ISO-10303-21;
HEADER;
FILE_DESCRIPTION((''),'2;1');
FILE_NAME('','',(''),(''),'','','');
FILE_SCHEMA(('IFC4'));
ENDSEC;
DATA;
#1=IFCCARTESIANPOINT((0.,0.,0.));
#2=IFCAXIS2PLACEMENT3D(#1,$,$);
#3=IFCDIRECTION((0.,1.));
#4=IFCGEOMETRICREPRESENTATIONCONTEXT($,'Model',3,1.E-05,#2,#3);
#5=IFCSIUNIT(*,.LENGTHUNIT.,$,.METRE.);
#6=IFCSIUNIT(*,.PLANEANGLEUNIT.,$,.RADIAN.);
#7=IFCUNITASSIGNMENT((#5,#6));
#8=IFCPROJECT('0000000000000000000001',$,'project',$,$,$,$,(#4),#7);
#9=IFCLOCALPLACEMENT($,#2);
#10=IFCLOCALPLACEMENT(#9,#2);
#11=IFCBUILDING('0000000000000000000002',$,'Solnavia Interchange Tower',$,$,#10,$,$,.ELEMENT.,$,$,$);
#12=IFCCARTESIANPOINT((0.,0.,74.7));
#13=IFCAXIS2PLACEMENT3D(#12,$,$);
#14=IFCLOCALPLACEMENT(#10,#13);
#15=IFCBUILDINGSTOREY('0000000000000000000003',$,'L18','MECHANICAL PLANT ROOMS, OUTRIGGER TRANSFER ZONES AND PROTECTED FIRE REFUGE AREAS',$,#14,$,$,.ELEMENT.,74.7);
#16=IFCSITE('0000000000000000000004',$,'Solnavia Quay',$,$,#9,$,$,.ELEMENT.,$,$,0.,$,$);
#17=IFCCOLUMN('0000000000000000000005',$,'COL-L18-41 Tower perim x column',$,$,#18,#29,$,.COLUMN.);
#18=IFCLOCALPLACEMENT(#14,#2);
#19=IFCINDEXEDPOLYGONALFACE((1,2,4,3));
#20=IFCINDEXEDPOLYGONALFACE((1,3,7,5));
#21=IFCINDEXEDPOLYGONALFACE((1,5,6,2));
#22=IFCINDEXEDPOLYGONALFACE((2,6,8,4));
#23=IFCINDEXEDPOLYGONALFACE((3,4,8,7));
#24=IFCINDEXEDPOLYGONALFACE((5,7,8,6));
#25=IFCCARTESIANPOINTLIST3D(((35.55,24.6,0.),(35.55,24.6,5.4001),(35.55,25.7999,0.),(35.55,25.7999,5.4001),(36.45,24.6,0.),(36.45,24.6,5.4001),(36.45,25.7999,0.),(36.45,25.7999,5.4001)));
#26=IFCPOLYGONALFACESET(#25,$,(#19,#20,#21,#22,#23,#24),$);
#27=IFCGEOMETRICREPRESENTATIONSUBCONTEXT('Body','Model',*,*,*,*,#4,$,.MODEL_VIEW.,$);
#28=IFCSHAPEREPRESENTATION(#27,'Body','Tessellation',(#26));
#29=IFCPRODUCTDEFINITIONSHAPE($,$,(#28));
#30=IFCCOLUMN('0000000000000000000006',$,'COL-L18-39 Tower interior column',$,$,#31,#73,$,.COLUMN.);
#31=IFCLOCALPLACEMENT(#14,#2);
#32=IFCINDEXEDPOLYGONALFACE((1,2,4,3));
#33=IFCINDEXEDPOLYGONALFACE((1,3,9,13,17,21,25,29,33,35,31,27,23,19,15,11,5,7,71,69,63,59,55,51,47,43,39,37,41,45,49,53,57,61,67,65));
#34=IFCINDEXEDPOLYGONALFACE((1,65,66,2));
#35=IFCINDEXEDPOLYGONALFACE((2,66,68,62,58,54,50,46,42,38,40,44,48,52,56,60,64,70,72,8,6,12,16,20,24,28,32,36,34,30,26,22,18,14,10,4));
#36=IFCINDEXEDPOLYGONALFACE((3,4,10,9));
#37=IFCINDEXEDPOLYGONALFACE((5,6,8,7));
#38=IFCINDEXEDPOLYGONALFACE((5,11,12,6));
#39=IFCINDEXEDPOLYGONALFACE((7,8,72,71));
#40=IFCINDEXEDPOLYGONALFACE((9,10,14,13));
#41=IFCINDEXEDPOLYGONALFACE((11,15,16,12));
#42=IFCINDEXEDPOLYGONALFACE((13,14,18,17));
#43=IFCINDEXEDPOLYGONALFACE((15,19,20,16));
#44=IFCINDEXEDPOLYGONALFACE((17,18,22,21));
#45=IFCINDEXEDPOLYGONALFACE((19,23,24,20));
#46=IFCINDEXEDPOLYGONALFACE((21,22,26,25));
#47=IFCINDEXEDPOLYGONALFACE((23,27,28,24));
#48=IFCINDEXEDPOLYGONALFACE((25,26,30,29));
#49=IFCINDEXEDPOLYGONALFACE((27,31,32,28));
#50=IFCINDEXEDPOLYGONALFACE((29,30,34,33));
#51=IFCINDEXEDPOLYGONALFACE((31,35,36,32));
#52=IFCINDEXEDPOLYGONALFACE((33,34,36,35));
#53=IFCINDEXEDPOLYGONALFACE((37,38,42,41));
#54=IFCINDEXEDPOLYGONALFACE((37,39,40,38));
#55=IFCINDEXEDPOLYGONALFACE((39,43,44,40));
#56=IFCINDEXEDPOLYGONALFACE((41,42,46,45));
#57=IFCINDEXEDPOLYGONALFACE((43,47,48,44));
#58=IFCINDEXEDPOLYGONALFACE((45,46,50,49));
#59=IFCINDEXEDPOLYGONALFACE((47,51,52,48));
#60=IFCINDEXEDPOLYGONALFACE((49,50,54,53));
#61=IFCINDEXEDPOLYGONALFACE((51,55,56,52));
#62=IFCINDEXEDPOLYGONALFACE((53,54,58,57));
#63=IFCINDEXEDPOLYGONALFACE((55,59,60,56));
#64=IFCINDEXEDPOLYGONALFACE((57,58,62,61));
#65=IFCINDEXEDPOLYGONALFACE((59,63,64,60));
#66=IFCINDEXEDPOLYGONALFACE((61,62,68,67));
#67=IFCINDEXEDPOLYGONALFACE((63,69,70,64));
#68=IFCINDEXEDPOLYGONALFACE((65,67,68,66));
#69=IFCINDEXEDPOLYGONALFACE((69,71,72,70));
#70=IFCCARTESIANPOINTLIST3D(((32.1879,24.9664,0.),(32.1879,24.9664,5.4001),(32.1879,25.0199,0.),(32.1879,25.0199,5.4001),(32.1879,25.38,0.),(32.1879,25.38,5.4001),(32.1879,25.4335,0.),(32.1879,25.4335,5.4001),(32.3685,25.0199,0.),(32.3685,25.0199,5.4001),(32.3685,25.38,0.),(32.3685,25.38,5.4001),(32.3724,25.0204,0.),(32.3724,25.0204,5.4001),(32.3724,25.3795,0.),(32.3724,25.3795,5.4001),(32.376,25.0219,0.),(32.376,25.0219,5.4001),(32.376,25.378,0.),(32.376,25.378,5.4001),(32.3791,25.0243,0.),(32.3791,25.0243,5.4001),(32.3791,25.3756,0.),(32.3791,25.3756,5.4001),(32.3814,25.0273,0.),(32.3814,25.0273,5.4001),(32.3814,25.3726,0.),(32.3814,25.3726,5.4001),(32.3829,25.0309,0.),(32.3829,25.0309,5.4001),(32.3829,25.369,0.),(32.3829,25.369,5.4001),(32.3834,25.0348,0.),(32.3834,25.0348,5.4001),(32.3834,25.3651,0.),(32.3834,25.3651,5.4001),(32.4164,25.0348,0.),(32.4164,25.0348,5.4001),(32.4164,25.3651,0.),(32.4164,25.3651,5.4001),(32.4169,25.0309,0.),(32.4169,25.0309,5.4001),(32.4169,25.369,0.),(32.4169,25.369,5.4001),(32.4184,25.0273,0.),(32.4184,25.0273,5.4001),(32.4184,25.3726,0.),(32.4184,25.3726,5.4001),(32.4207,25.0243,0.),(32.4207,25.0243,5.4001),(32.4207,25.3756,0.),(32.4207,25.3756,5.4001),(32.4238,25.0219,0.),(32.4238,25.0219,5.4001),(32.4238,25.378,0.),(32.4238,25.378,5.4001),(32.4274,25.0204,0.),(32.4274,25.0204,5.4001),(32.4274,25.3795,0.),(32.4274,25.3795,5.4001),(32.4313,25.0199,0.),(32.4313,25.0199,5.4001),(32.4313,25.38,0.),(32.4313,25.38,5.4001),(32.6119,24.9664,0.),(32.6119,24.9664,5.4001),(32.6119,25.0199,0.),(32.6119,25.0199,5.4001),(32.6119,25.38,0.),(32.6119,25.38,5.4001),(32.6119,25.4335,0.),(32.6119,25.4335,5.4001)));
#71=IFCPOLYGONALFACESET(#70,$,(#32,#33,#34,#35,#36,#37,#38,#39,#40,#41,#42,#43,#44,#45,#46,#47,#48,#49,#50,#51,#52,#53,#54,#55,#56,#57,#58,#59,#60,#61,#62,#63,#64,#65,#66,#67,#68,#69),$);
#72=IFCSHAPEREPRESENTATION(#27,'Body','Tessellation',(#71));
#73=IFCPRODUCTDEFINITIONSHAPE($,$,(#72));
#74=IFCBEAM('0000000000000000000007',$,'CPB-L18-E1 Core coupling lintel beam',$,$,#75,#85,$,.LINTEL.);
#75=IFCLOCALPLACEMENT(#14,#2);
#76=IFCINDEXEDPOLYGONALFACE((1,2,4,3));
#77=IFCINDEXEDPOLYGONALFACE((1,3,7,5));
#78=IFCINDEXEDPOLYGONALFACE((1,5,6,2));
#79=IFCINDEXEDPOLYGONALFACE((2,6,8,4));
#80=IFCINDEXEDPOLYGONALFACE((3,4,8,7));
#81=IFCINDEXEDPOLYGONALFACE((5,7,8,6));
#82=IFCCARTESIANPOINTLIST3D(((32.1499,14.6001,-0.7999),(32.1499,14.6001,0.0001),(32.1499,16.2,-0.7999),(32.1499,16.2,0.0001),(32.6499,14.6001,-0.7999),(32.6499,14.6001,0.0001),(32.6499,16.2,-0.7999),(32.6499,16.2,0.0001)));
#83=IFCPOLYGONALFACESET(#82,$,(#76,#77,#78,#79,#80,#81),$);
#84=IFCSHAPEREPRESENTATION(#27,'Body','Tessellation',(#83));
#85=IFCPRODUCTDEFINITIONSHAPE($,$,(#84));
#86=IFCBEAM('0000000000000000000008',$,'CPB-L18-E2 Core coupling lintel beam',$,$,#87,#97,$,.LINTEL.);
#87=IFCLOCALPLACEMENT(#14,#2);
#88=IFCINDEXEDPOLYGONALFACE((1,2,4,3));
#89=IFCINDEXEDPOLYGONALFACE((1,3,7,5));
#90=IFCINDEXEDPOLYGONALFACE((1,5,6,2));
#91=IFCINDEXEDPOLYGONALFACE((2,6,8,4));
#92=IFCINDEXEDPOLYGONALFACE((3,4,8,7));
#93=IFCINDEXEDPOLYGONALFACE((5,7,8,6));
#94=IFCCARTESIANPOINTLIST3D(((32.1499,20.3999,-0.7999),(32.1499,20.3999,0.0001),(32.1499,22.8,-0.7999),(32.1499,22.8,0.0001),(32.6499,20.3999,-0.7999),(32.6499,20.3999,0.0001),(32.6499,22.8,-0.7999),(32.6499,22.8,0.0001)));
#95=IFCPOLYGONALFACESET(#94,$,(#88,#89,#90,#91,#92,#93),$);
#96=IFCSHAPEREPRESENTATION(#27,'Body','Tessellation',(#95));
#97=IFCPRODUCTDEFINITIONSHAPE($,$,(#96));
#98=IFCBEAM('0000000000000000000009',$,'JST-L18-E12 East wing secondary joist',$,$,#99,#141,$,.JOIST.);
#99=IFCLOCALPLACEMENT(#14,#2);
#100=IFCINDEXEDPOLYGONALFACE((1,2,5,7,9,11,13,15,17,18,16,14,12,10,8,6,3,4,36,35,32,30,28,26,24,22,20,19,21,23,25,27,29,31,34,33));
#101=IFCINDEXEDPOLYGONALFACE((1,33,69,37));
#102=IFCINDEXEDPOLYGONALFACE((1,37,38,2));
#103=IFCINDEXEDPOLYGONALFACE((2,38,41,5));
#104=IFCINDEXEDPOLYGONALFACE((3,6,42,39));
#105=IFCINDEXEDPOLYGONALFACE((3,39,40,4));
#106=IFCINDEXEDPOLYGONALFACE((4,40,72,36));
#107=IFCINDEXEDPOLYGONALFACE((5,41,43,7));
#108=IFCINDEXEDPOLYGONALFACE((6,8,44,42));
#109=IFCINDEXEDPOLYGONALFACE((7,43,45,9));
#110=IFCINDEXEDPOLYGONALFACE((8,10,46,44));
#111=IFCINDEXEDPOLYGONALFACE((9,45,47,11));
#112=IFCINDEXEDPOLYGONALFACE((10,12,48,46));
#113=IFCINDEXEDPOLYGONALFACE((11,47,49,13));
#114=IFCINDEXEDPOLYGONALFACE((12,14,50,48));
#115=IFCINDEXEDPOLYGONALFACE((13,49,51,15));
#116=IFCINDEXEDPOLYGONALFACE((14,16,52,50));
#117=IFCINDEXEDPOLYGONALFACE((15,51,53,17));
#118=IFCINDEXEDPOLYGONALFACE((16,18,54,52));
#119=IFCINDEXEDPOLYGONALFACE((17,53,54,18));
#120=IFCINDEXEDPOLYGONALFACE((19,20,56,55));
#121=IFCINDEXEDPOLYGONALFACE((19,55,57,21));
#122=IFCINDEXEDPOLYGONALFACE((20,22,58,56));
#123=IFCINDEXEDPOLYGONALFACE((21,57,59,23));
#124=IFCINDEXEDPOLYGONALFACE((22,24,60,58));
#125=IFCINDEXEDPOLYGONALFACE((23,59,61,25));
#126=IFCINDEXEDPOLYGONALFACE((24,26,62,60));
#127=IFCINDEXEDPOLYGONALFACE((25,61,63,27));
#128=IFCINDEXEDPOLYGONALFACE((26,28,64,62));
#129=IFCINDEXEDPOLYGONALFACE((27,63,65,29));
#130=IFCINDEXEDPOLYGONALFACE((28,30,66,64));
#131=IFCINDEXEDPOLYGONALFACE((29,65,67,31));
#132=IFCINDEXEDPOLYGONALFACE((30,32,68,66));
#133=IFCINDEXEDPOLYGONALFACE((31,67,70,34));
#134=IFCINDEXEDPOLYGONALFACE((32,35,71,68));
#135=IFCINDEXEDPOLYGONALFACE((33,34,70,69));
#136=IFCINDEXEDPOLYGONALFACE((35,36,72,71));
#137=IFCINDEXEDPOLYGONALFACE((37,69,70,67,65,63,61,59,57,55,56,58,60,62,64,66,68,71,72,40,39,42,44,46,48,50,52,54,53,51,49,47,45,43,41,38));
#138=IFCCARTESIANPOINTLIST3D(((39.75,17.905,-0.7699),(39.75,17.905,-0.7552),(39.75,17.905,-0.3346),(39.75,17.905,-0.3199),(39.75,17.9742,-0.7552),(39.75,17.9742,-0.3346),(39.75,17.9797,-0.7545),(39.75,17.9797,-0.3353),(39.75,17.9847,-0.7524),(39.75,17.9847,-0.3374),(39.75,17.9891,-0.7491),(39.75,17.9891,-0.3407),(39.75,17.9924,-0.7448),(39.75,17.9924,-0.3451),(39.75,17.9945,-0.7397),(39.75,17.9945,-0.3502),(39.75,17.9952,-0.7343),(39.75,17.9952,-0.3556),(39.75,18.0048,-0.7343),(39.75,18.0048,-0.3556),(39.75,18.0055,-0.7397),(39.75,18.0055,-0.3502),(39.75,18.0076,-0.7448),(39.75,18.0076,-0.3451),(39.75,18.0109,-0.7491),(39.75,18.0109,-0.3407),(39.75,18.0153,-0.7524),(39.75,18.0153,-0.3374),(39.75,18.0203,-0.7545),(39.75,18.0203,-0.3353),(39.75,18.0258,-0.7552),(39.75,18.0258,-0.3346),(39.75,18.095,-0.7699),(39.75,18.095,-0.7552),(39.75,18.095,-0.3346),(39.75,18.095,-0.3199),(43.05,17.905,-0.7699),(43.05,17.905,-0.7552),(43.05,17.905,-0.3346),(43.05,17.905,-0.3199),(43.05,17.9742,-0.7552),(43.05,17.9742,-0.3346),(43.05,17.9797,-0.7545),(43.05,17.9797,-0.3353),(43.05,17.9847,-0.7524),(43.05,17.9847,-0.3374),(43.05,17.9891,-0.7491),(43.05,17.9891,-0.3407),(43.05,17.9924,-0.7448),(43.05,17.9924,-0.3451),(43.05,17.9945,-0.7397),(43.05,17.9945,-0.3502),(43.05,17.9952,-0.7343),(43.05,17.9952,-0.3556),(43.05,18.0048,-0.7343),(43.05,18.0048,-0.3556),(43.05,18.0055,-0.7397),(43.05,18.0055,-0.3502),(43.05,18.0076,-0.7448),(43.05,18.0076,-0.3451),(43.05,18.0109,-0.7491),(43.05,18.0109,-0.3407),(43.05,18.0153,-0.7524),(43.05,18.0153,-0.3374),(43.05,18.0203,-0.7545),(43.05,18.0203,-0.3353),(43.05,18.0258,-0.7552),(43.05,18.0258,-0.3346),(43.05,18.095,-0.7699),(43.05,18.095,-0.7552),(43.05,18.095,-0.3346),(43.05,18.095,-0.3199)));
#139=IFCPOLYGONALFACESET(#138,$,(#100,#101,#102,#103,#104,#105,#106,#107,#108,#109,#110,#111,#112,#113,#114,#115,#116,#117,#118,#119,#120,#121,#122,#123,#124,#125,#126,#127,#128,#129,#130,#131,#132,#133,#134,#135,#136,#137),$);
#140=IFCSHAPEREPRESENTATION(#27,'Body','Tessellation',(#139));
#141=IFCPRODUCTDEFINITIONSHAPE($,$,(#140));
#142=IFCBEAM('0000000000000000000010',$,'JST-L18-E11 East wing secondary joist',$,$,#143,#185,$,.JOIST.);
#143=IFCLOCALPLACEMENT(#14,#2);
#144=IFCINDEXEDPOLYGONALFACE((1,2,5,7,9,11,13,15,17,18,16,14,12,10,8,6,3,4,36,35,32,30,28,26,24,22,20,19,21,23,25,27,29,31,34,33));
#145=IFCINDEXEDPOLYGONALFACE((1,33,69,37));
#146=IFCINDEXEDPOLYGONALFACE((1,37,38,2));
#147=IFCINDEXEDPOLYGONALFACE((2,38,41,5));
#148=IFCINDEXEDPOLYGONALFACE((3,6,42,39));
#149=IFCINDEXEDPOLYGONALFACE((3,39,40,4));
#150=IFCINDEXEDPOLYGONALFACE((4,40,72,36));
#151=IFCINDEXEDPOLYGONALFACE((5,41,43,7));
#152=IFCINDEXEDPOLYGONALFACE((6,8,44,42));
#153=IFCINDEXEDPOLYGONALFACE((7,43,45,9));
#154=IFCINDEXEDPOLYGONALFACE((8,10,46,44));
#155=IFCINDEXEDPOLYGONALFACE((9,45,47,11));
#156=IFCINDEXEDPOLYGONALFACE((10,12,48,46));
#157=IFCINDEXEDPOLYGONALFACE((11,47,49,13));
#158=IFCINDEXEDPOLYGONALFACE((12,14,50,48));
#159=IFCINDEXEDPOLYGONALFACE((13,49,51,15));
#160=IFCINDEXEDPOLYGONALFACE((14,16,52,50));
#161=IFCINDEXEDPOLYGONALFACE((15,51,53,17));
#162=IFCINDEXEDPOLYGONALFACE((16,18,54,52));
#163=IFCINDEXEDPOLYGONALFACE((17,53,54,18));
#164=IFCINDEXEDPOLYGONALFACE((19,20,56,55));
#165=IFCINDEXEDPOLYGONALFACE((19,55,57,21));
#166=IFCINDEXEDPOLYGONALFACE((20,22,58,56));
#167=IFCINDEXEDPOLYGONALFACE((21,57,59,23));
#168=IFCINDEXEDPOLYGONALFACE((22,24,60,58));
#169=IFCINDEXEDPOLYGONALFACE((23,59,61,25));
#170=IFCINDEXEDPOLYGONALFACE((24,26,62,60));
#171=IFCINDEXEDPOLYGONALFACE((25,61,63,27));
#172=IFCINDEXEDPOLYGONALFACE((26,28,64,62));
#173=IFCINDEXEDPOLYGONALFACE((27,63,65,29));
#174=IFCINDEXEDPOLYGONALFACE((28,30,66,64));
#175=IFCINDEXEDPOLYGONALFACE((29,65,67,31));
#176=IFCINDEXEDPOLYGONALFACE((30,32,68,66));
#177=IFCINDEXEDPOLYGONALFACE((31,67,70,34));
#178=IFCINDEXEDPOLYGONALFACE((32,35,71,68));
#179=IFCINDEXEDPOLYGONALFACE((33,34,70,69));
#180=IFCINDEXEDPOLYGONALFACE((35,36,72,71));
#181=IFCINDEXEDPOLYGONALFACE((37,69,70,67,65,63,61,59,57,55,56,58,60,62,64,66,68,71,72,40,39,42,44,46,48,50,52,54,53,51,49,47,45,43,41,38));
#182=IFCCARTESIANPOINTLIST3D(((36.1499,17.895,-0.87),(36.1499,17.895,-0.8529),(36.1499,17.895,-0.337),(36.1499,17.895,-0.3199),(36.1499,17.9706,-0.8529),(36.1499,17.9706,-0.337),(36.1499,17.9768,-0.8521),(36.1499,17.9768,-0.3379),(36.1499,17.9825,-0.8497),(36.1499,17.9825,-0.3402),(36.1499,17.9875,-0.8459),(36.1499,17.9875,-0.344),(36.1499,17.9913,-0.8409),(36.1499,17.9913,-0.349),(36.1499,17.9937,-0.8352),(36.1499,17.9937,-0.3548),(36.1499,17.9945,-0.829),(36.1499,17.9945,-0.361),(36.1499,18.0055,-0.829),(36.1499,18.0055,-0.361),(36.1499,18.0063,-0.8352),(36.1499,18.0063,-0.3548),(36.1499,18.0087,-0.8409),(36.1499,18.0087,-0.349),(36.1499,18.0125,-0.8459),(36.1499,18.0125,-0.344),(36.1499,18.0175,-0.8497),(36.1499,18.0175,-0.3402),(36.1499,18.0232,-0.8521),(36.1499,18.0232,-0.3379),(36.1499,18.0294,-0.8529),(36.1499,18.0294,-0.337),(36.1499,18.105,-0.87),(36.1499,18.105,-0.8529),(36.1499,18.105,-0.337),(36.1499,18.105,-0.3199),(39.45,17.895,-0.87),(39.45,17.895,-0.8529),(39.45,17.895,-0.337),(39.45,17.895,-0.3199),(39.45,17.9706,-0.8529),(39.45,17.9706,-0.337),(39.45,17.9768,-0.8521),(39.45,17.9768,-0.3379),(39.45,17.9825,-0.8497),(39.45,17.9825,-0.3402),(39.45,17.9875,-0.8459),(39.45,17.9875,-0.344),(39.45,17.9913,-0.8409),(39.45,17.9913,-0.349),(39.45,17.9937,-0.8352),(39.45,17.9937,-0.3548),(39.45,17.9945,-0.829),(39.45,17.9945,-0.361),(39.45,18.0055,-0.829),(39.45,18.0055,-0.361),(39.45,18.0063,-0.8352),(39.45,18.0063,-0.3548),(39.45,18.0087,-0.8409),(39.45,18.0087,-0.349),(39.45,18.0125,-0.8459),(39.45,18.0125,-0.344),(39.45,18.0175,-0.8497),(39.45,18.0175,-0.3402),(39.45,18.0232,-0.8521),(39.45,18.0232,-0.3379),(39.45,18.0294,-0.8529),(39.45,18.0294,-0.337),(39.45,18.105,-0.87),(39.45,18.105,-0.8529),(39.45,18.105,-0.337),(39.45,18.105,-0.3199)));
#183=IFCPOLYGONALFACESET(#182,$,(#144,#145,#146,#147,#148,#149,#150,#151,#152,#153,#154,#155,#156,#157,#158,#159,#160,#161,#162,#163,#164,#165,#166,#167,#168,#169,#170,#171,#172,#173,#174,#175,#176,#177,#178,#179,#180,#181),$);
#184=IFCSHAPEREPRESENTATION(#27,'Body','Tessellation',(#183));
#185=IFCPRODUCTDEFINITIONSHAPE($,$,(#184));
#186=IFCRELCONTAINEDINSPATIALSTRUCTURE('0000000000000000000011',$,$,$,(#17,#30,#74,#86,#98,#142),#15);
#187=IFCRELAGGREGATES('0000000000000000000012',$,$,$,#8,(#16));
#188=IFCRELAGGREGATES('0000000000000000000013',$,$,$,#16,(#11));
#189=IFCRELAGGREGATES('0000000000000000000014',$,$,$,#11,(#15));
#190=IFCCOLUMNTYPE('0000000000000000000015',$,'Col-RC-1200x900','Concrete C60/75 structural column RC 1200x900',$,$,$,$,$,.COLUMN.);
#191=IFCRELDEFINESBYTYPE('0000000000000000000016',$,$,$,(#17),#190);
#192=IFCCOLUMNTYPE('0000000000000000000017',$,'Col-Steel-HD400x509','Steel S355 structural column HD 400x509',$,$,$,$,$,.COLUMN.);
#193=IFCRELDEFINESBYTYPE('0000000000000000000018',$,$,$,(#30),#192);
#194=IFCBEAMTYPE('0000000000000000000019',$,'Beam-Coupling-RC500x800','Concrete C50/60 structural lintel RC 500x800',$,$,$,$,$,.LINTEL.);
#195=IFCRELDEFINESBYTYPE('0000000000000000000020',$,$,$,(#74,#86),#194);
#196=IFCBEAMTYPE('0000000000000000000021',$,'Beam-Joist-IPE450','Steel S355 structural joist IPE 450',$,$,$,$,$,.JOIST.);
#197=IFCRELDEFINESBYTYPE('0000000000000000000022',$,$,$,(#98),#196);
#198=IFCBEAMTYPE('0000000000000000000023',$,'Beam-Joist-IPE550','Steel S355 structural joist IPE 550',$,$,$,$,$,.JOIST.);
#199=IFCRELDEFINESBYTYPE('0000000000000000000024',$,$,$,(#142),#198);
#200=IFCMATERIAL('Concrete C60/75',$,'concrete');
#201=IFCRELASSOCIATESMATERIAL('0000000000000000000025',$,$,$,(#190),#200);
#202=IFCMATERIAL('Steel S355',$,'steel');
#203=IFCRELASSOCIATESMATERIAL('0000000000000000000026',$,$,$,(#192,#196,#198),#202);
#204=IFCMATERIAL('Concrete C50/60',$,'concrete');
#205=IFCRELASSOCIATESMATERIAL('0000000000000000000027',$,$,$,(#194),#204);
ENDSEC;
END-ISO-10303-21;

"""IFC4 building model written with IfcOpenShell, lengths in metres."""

from ifc_helpers import new_model, si_unit, direction, frame, origin, origin_2d, place, context, subcontext, project, spatial, rectangle, i_section, extrude, material, material_profile, profile_set, type_object, element, save


model = new_model("IFC4")

# Units and contexts
model_context = context("Model", 3, precision=1e-05, world=origin(), true_north=direction((0.0, 1.0)))
body_context = subcontext(model_context, "Body", "Model", "MODEL_VIEW")
ifc_project = project(units=[si_unit("LENGTHUNIT", "METRE"), si_unit("PLANEANGLEUNIT", "RADIAN")], contexts=[model_context])

# Site, building, storey
site_placement = place(None, origin())
site = spatial("IfcSite", under=ifc_project, at=site_placement, Name="Solnavia Quay", CompositionType="ELEMENT", RefElevation=0.0)
building_placement = place(site_placement, origin())
building = spatial("IfcBuilding", under=site, at=building_placement, Name="Solnavia Interchange Tower", CompositionType="ELEMENT")
storey_placement = place(building_placement, frame((0.0, 0.0, 74.7)))
storey = spatial("IfcBuildingStorey", under=building, at=storey_placement, Name="L18", Description="MECHANICAL PLANT ROOMS, OUTRIGGER TRANSFER ZONES AND PROTECTED FIRE REFUGE AREAS", CompositionType="ELEMENT", Elevation=74.7)

# Columns
ifc_material_1 = material(Name="Concrete C60/75", Category="concrete")
ifc_material_profile_1 = material_profile(ifc_material_1, rectangle(XDim=0.8999, YDim=1.2, at=origin_2d()), Name="RC 1200x900")
ifc_profile_set_1 = profile_set([ifc_material_profile_1], Name="Concrete C60/75")
column_type_1 = type_object("IfcColumnType", Name="Col-RC-1200x900", Description="Concrete C60/75 structural column RC 1200x900", PredefinedType="COLUMN", material=ifc_profile_set_1)
column_1_placement = place(storey_placement, frame((36.0, 25.2, 0.0), z_axis=(0.0, 0.0, 1.0), x_axis=(1.0, 0.0, 0.0)))
element("IfcColumn", 1, at=column_1_placement, inside=storey, type_object=column_type_1, Name="COL-L18-41 Tower perim x column", PredefinedType="COLUMN", context=body_context, shape_type="SweptSolid", body=[
    extrude(rectangle(XDim=0.8999, YDim=1.2, at=origin_2d()), origin(), (0.0, 0.0, 1.0), 5.4001),
])
ifc_material_2 = material(Name="Steel S355", Category="steel")
ifc_material_profile_2 = material_profile(ifc_material_2, i_section(OverallWidth=0.4241, OverallDepth=0.467, WebThickness=0.033, FlangeThickness=0.0535, FilletRadius=0.0149, at=origin_2d()), Name="HD 400x509")
ifc_profile_set_2 = profile_set([ifc_material_profile_2], Name="Steel S355")
column_type_2 = type_object("IfcColumnType", Name="Col-Steel-HD400x509", Description="Steel S355 structural column HD 400x509", PredefinedType="COLUMN", material=ifc_profile_set_2)
column_2_placement = place(storey_placement, frame((32.3999, 25.2, 0.0), z_axis=(0.0, 0.0, 1.0), x_axis=(1.0, 0.0, 0.0)))
element("IfcColumn", 2, at=column_2_placement, inside=storey, type_object=column_type_2, Name="COL-L18-39 Tower interior column", PredefinedType="COLUMN", context=body_context, shape_type="SweptSolid", body=[
    extrude(i_section(OverallWidth=0.4241, OverallDepth=0.467, WebThickness=0.033, FlangeThickness=0.0535, FilletRadius=0.0149, at=origin_2d()), origin(), (0.0, 0.0, 1.0), 5.4001),
])

# Beams
ifc_material_3 = material(Name="Concrete C50/60", Category="concrete")
ifc_material_profile_3 = material_profile(ifc_material_3, rectangle(XDim=0.5, YDim=0.8, at=origin_2d()), Name="RC 500x800")
ifc_profile_set_3 = profile_set([ifc_material_profile_3], Name="Concrete C50/60")
beam_type_1 = type_object("IfcBeamType", Name="Beam-Coupling-RC500x800", Description="Concrete C50/60 structural lintel RC 500x800", PredefinedType="LINTEL", material=ifc_profile_set_3)
beam_1_placement = place(storey_placement, frame((32.3999, 14.6001, -0.3999), z_axis=(0.0, 1.0, 0.0), x_axis=(-1.0, 0.0, 0.0)))
element("IfcBeam", 3, at=beam_1_placement, inside=storey, type_object=beam_type_1, Name="CPB-L18-E1 Core coupling lintel beam", PredefinedType="LINTEL", context=body_context, shape_type="SweptSolid", body=[
    extrude(rectangle(XDim=0.5, YDim=0.8, at=origin_2d()), origin(), (0.0, 0.0, 1.0), 1.5999),
])
beam_2_placement = place(storey_placement, frame((32.3999, 20.3999, -0.3999), z_axis=(0.0, 1.0, 0.0), x_axis=(-1.0, 0.0, 0.0)))
element("IfcBeam", 4, at=beam_2_placement, inside=storey, type_object=beam_type_1, Name="CPB-L18-E2 Core coupling lintel beam", PredefinedType="LINTEL", context=body_context, shape_type="SweptSolid", body=[
    extrude(rectangle(XDim=0.5, YDim=0.8, at=origin_2d()), origin(), (0.0, 0.0, 1.0), 2.4001),
])
ifc_material_profile_4 = material_profile(ifc_material_2, i_section(OverallWidth=0.1899, OverallDepth=0.45, WebThickness=0.0095, FlangeThickness=0.0146, FilletRadius=0.021, at=origin_2d()), Name="IPE 450")
ifc_profile_set_4 = profile_set([ifc_material_profile_4], Name="Steel S355")
beam_type_2 = type_object("IfcBeamType", Name="Beam-Joist-IPE450", Description="Steel S355 structural joist IPE 450", PredefinedType="JOIST", material=ifc_profile_set_4)
beam_3_placement = place(storey_placement, frame((39.75, 18.0, -0.5449), z_axis=(1.0, 0.0, 0.0), x_axis=(0.0, 1.0, 0.0)))
element("IfcBeam", 5, at=beam_3_placement, inside=storey, type_object=beam_type_2, Name="JST-L18-E12 East wing secondary joist", PredefinedType="JOIST", context=body_context, shape_type="SweptSolid", body=[
    extrude(i_section(OverallWidth=0.1899, OverallDepth=0.45, WebThickness=0.0095, FlangeThickness=0.0146, FilletRadius=0.021, at=origin_2d()), origin(), (0.0, 0.0, 1.0), 3.3),
])
ifc_material_profile_5 = material_profile(ifc_material_2, i_section(OverallWidth=0.21, OverallDepth=0.55, WebThickness=0.011, FlangeThickness=0.0171, FilletRadius=0.0239, at=origin_2d()), Name="IPE 550")
ifc_profile_set_5 = profile_set([ifc_material_profile_5], Name="Steel S355")
beam_type_3 = type_object("IfcBeamType", Name="Beam-Joist-IPE550", Description="Steel S355 structural joist IPE 550", PredefinedType="JOIST", material=ifc_profile_set_5)
beam_4_placement = place(storey_placement, frame((36.1499, 18.0, -0.595), z_axis=(1.0, 0.0, 0.0), x_axis=(0.0, 1.0, 0.0)))
element("IfcBeam", 6, at=beam_4_placement, inside=storey, type_object=beam_type_3, Name="JST-L18-E11 East wing secondary joist", PredefinedType="JOIST", context=body_context, shape_type="SweptSolid", body=[
    extrude(i_section(OverallWidth=0.21, OverallDepth=0.55, WebThickness=0.011, FlangeThickness=0.0171, FilletRadius=0.0239, at=origin_2d()), origin(), (0.0, 0.0, 1.0), 3.3),
])

save(model, "model.ifc")
